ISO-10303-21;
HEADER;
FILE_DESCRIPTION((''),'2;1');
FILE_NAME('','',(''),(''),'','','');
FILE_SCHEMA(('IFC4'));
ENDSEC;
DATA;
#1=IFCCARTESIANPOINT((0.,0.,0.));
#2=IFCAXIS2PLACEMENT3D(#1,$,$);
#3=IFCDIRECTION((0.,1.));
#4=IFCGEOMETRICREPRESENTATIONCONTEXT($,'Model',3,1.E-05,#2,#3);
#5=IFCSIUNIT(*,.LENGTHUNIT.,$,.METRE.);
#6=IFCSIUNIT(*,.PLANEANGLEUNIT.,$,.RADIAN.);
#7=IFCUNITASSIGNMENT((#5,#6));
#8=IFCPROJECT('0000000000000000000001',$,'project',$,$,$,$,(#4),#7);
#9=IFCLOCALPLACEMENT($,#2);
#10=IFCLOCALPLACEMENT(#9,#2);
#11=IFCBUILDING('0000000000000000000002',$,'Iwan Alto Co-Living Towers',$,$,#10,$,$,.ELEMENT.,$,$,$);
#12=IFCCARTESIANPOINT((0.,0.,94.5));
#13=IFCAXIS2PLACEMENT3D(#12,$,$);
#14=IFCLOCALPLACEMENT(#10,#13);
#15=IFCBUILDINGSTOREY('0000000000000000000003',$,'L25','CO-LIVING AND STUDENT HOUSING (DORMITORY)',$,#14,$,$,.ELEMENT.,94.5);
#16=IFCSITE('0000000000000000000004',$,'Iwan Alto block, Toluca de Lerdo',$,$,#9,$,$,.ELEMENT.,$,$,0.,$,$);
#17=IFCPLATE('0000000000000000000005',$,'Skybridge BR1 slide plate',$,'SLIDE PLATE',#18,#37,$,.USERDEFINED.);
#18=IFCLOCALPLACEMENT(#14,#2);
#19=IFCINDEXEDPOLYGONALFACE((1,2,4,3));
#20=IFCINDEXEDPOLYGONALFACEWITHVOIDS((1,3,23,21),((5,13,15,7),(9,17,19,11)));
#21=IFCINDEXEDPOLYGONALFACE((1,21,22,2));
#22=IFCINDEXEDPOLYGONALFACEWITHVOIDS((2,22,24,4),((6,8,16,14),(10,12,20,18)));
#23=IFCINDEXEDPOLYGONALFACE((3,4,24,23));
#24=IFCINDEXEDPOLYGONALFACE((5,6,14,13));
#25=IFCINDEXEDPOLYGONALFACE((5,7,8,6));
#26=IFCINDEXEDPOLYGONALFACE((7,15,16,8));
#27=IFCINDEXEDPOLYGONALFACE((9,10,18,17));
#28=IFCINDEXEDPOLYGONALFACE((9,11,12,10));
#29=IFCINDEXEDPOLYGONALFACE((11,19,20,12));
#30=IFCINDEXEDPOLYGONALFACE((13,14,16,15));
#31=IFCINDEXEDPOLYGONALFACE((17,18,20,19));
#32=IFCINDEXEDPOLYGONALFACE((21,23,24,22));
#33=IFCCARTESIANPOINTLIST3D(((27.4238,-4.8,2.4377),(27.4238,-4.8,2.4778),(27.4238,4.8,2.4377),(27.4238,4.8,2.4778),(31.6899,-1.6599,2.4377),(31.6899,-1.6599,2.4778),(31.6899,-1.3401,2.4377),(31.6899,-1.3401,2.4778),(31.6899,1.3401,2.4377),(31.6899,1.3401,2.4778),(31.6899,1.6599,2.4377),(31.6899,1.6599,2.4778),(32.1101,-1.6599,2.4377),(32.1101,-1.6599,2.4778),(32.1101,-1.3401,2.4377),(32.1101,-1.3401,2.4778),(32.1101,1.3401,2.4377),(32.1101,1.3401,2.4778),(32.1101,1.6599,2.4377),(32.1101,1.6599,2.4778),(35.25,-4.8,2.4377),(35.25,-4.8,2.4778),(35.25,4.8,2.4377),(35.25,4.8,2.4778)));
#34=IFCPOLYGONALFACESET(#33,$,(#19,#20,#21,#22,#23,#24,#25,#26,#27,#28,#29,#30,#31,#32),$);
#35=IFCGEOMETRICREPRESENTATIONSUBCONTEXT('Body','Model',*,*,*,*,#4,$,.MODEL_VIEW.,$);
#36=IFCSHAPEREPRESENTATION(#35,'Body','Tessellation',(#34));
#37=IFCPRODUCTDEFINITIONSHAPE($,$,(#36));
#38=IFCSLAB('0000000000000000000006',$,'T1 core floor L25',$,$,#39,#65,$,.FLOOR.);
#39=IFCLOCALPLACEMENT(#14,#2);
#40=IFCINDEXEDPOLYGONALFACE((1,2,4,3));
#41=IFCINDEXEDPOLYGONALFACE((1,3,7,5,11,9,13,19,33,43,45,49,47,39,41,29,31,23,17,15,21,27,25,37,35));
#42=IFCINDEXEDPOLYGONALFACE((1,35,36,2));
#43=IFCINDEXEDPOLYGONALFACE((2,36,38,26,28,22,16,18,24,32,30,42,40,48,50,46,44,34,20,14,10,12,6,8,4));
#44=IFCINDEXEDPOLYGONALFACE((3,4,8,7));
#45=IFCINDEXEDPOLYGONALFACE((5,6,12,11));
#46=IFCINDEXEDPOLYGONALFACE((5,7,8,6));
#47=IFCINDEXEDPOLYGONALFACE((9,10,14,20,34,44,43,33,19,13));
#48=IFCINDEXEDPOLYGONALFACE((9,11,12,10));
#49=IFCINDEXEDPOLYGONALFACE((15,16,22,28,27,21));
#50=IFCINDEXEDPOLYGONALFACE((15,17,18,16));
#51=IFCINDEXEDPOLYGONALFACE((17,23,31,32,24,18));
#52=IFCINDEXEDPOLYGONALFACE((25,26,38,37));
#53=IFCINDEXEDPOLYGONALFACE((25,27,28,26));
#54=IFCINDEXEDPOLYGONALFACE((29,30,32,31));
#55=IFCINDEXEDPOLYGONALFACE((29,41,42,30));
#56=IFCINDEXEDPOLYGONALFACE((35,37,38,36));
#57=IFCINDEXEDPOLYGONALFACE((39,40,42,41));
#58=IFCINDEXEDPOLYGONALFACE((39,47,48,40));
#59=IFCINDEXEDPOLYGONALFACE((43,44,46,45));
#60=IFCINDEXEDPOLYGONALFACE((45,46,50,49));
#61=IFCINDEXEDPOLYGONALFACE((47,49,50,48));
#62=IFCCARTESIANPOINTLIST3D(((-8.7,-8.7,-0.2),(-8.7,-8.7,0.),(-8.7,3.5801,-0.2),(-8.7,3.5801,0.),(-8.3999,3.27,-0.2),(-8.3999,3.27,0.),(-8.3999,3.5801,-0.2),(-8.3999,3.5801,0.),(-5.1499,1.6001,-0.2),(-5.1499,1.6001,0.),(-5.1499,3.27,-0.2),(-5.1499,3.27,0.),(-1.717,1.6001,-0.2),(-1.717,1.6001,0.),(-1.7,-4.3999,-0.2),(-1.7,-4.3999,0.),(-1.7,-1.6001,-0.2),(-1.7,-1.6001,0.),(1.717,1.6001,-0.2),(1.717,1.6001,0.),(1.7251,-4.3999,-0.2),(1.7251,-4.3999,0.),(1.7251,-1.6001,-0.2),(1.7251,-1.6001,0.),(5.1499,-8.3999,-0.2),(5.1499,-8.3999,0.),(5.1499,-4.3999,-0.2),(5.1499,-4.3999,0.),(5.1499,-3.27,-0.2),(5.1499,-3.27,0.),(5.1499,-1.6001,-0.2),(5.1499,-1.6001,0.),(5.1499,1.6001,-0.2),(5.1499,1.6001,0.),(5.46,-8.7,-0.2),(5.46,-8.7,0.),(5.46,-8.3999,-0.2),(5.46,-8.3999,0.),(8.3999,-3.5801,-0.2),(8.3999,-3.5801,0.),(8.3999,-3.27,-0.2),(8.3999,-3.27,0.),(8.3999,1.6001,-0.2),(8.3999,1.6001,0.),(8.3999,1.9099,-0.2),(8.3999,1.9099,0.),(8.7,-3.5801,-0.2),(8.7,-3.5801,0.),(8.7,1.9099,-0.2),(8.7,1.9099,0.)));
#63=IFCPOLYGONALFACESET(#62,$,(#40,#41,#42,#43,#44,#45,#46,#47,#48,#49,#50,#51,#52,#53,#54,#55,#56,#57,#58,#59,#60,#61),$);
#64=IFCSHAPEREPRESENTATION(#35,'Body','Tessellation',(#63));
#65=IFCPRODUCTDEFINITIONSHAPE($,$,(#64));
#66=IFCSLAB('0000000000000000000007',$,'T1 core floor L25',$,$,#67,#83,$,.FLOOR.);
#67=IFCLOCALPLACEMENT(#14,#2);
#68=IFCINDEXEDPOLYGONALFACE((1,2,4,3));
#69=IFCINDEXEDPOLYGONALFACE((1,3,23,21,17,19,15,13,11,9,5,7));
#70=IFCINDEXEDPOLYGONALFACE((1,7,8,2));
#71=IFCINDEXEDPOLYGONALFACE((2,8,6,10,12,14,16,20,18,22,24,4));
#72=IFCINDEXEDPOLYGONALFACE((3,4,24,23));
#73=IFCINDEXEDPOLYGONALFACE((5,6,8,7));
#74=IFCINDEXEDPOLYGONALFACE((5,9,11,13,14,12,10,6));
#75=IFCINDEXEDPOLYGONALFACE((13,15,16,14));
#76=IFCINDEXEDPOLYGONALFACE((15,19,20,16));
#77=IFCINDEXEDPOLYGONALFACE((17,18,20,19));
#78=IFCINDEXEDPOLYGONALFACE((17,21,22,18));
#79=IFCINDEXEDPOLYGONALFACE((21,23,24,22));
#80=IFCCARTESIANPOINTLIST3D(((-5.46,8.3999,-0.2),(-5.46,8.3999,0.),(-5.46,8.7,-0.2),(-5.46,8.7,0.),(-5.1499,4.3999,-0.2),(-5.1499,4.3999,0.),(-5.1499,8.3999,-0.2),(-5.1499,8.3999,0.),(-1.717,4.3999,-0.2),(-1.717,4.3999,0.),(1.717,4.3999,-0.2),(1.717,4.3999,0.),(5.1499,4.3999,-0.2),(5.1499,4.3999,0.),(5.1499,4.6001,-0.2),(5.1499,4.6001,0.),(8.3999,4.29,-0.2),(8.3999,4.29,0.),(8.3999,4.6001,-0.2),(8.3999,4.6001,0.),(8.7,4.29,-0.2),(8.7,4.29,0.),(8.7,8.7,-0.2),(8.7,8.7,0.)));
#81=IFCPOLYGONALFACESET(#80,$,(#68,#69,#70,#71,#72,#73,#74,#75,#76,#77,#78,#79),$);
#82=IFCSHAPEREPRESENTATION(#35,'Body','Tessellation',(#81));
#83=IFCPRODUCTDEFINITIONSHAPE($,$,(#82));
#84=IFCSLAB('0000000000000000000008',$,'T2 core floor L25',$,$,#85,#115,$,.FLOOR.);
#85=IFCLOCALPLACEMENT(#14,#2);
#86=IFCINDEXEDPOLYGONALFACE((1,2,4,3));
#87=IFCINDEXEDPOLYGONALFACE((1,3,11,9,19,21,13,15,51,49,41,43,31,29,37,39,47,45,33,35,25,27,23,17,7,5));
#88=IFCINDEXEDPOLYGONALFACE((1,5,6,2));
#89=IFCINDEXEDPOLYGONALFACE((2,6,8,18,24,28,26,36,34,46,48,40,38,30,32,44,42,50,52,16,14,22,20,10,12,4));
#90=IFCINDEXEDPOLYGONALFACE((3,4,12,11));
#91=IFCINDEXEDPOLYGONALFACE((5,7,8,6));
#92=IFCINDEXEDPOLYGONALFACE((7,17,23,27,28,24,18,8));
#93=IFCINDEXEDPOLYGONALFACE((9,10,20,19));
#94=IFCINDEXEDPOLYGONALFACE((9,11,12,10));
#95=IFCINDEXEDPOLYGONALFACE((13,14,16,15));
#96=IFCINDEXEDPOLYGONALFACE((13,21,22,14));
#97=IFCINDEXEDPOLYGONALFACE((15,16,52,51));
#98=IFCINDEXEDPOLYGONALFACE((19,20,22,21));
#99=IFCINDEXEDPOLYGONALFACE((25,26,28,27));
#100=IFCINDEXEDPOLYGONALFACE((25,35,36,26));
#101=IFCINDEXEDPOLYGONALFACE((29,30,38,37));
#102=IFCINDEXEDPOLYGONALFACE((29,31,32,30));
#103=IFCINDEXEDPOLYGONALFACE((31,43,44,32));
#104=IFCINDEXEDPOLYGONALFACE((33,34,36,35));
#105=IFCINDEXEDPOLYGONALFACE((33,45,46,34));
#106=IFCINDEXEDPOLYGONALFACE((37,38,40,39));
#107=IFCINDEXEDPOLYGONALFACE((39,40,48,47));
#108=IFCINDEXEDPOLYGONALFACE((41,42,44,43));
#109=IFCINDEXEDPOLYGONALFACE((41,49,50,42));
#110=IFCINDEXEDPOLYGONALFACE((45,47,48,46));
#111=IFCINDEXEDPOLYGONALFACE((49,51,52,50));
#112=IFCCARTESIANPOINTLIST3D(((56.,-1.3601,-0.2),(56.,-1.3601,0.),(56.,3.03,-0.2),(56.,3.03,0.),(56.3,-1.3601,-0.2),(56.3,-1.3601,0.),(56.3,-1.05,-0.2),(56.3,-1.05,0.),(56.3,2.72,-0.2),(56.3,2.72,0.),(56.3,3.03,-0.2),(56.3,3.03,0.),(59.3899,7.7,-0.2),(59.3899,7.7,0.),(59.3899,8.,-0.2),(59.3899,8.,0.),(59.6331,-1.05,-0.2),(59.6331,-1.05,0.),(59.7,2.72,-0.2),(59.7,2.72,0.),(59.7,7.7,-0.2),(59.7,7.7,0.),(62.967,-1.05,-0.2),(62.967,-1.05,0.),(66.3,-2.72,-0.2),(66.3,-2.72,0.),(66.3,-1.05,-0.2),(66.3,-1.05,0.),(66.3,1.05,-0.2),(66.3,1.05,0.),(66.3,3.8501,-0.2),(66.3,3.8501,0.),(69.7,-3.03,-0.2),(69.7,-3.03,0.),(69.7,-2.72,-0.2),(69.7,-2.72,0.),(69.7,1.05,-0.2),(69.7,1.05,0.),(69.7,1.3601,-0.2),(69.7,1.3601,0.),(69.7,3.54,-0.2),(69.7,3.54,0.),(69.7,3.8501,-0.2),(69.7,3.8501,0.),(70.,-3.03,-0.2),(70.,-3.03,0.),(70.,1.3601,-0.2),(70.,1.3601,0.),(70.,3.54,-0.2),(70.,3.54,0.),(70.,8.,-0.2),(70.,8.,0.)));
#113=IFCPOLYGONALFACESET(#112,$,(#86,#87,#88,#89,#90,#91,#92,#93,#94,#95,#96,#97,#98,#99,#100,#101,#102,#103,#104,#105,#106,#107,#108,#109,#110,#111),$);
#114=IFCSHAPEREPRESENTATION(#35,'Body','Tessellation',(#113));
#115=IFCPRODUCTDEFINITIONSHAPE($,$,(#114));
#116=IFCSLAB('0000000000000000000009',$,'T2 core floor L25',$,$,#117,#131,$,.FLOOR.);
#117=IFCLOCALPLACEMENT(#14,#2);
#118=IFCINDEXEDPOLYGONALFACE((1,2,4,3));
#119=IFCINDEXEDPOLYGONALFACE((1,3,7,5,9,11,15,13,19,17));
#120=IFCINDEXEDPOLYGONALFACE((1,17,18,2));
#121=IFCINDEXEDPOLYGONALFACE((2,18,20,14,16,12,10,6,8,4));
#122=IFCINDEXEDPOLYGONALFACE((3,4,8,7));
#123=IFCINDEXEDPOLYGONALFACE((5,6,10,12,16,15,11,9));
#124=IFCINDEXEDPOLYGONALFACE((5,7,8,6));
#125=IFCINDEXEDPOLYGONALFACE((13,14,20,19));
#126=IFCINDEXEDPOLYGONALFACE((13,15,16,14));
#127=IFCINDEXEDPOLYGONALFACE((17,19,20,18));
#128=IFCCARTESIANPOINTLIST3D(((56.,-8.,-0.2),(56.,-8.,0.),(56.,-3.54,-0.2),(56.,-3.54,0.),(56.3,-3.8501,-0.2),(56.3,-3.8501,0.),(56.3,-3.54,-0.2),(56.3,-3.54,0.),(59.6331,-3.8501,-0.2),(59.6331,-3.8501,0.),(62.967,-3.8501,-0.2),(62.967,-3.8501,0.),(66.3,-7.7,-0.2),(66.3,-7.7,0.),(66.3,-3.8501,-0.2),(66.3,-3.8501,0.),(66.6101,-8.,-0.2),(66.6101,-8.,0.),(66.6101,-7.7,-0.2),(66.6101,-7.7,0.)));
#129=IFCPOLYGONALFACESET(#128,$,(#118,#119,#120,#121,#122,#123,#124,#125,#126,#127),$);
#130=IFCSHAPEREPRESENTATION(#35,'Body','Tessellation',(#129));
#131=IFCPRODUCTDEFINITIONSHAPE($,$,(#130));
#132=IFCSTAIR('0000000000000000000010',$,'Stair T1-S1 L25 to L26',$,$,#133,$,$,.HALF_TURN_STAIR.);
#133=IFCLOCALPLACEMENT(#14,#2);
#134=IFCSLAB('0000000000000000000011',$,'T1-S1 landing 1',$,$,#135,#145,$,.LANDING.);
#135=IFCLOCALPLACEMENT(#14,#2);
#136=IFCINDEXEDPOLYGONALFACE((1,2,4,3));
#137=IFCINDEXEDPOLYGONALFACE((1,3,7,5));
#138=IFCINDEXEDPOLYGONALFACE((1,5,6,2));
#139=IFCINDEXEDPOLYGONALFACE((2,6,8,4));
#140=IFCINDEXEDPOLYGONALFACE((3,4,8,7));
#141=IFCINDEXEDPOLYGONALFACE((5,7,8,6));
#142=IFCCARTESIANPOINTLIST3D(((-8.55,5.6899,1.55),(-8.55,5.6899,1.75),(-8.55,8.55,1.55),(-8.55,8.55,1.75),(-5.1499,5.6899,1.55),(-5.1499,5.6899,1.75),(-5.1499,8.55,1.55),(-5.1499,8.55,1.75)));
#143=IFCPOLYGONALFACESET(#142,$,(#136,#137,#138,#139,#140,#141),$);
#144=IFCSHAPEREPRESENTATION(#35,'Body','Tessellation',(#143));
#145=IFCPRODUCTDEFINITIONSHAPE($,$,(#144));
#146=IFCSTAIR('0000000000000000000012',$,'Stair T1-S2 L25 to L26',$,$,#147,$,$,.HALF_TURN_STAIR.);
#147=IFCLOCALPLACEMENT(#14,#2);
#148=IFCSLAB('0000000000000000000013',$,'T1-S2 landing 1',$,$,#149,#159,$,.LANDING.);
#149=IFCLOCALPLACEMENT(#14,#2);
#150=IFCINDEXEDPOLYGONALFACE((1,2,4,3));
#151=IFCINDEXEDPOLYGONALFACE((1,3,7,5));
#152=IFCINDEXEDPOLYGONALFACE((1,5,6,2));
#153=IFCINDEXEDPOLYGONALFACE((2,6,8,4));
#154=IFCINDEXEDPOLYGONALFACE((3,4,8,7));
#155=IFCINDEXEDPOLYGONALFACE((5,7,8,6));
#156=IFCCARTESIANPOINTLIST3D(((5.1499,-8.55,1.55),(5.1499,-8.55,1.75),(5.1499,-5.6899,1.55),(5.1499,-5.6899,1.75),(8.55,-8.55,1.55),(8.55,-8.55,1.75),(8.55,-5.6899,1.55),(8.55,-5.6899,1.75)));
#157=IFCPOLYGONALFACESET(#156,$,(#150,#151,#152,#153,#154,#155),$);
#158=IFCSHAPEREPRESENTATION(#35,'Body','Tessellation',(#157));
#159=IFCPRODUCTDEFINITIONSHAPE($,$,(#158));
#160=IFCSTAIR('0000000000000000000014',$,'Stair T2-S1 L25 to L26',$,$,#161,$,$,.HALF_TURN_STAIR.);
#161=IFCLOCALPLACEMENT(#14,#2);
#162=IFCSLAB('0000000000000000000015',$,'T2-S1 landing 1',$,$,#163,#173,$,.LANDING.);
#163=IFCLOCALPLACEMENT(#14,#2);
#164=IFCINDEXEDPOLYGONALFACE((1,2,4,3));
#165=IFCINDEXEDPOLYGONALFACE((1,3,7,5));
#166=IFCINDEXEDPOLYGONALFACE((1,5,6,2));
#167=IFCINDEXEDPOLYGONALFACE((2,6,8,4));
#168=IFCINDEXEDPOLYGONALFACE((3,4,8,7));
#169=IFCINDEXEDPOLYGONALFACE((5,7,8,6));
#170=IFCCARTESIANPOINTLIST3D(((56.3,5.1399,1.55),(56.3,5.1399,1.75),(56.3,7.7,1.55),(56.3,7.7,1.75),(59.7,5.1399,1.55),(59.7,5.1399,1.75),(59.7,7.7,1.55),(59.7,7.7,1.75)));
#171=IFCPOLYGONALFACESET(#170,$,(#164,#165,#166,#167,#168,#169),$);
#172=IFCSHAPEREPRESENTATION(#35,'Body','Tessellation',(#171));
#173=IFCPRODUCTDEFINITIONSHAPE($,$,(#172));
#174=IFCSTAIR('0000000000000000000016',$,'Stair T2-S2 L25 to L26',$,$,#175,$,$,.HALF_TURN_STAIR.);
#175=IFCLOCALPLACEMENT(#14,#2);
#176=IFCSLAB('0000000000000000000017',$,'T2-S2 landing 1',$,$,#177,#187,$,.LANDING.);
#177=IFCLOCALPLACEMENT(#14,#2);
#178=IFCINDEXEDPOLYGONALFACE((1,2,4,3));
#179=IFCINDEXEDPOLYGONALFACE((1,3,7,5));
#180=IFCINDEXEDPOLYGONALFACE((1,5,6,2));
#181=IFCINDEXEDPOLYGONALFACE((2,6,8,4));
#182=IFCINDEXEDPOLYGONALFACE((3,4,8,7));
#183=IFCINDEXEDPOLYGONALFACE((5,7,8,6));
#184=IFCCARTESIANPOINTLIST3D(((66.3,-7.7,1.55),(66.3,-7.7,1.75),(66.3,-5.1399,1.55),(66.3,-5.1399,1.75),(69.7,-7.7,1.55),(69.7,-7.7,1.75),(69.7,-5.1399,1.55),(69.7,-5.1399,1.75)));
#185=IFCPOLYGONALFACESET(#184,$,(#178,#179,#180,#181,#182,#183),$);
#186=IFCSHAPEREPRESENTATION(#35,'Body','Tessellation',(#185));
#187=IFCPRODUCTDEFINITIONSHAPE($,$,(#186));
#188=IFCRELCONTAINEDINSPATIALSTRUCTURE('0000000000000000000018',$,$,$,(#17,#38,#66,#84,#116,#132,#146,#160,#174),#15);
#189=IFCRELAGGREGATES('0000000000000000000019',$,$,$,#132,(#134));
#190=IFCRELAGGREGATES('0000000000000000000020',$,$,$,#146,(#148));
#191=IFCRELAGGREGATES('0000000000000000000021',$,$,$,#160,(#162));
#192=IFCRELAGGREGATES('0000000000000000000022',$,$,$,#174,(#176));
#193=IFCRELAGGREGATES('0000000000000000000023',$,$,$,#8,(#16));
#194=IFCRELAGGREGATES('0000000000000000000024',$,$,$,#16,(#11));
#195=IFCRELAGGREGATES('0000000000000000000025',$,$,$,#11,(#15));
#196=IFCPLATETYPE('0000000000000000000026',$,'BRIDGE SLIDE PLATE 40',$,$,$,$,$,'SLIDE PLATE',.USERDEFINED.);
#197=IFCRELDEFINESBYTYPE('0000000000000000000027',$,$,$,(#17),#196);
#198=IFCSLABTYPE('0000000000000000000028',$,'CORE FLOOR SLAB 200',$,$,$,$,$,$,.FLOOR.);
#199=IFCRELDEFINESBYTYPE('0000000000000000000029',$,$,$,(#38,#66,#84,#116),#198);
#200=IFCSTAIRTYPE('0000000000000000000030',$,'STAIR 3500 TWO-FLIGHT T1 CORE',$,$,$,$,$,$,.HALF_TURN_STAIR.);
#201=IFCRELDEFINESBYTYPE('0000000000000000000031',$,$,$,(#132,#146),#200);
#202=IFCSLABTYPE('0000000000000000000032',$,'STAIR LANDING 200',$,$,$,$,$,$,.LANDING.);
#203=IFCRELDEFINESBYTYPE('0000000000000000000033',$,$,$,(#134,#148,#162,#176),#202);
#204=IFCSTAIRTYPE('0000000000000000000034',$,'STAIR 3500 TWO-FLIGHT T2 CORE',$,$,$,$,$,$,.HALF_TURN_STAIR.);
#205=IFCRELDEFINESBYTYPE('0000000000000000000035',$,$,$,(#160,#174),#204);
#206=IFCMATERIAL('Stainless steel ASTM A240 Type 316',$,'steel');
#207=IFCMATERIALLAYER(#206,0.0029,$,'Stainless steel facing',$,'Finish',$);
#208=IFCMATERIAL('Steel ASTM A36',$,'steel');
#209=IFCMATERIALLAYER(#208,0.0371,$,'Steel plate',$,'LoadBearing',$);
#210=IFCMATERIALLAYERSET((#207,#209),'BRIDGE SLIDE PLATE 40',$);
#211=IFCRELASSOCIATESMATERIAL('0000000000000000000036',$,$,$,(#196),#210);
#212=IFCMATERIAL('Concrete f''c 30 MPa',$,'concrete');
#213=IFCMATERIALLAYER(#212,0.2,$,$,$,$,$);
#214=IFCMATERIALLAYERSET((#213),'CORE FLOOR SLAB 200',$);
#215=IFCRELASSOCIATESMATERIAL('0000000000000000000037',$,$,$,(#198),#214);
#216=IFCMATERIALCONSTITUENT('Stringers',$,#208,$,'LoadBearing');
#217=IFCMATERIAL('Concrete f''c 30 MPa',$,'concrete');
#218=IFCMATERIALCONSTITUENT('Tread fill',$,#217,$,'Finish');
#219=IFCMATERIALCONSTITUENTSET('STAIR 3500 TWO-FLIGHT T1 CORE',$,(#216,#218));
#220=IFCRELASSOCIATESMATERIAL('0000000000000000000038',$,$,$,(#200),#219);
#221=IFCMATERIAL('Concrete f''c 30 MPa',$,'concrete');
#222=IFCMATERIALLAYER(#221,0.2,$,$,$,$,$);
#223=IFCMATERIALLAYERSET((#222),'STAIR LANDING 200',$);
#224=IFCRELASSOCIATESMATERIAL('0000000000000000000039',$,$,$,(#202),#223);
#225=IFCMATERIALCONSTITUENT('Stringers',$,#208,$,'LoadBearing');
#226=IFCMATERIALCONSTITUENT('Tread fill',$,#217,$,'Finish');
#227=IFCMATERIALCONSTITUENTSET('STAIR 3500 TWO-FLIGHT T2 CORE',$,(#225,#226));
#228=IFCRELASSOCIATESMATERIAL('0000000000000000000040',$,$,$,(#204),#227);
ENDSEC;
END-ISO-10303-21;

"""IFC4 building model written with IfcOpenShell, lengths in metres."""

from ifc_helpers import new_model, si_unit, direction, frame, origin, place, context, subcontext, project, spatial, polyline, outline, extrude, material, layer, layer_set, constituent, constituent_set, type_object, element, aggregate, save


model = new_model("IFC4")

# Units and contexts
model_context = context("Model", 3, precision=1e-05, world=origin(), true_north=direction((0.0, 1.0)))
body_context = subcontext(model_context, "Body", "Model", "MODEL_VIEW")
ifc_project = project(units=[si_unit("LENGTHUNIT", "METRE"), si_unit("PLANEANGLEUNIT", "RADIAN")], contexts=[model_context])

# Site, building, storey
site_placement = place(None, origin())
site = spatial("IfcSite", under=ifc_project, at=site_placement, Name="Iwan Alto block, Toluca de Lerdo", CompositionType="ELEMENT", RefElevation=0.0)
building_placement = place(site_placement, origin())
building = spatial("IfcBuilding", under=site, at=building_placement, Name="Iwan Alto Co-Living Towers", CompositionType="ELEMENT")
storey_placement = place(building_placement, frame((0.0, 0.0, 94.5)))
storey = spatial("IfcBuildingStorey", under=building, at=storey_placement, Name="L25", Description="CO-LIVING AND STUDENT HOUSING (DORMITORY)", CompositionType="ELEMENT", Elevation=94.5)

# Plate
ifc_material_1 = material(Name="Stainless steel ASTM A240 Type 316", Category="steel")
ifc_layer_1 = layer(ifc_material_1, 0.0029, Name="Stainless steel facing", Category="Finish")
ifc_material_2 = material(Name="Steel ASTM A36", Category="steel")
ifc_layer_2 = layer(ifc_material_2, 0.0371, Name="Steel plate", Category="LoadBearing")
ifc_layer_set_1 = layer_set([ifc_layer_1, ifc_layer_2], Name="BRIDGE SLIDE PLATE 40")
plate_type = type_object("IfcPlateType", Name="BRIDGE SLIDE PLATE 40", ElementType="SLIDE PLATE", PredefinedType="USERDEFINED", material=ifc_layer_set_1)
plate_placement = place(storey_placement, frame((0.0, 0.0, 2.4377)))
element("IfcPlate", 1, at=plate_placement, inside=storey, type_object=plate_type, Name="Skybridge BR1 slide plate", ObjectType="SLIDE PLATE", PredefinedType="USERDEFINED", context=body_context, shape_type="SweptSolid", body=[
    extrude(outline(polyline([(27.4238, -4.8), (35.25, -4.8), (35.25, 4.8), (27.4238, 4.8), (27.4238, -4.8)]), holes=[polyline([(31.6899, -1.6599), (32.1101, -1.6599), (32.1101, -1.3401), (31.6899, -1.3401), (31.6899, -1.6599)]), polyline([(31.6899, 1.3401), (32.1101, 1.3401), (32.1101, 1.6599), (31.6899, 1.6599), (31.6899, 1.3401)])]), origin(), (0.0, 0.0, 1.0), 0.04),
])

# Slabs
ifc_material_3 = material(Name="Concrete f'c 30 MPa", Category="concrete")
ifc_layer_3 = layer(ifc_material_3, 0.2)
ifc_layer_set_2 = layer_set([ifc_layer_3], Name="CORE FLOOR SLAB 200")
slab_type_1 = type_object("IfcSlabType", Name="CORE FLOOR SLAB 200", PredefinedType="FLOOR", material=ifc_layer_set_2)
slab_1_placement = place(storey_placement, frame((0.0, 0.0, -0.2)))
element("IfcSlab", 2, at=slab_1_placement, inside=storey, type_object=slab_type_1, Name="T1 core floor L25", PredefinedType="FLOOR", context=body_context, shape_type="SweptSolid", body=[
    extrude(outline(polyline([(5.1499, -1.6001), (1.7251, -1.6001), (-1.7, -1.6001), (-1.7, -4.3999), (1.7251, -4.3999), (5.1499, -4.3999), (5.1499, -8.3999), (5.46, -8.3999), (5.46, -8.7), (-8.7, -8.7), (-8.7, 3.5801), (-8.3999, 3.5801), (-8.3999, 3.27), (-5.1499, 3.27), (-5.1499, 1.6001), (-1.717, 1.6001), (1.717, 1.6001), (5.1499, 1.6001), (8.3999, 1.6001), (8.3999, 1.9099), (8.7, 1.9099), (8.7, -3.5801), (8.3999, -3.5801), (8.3999, -3.27), (5.1499, -3.27), (5.1499, -1.6001)])), origin(), (0.0, 0.0, 1.0), 0.2),
])
slab_2_placement = place(storey_placement, frame((0.0, 0.0, -0.2)))
element("IfcSlab", 3, at=slab_2_placement, inside=storey, type_object=slab_type_1, Name="T1 core floor L25", PredefinedType="FLOOR", context=body_context, shape_type="SweptSolid", body=[
    extrude(outline(polyline([(1.717, 4.3999), (-1.717, 4.3999), (-5.1499, 4.3999), (-5.1499, 8.3999), (-5.46, 8.3999), (-5.46, 8.7), (8.7, 8.7), (8.7, 4.29), (8.3999, 4.29), (8.3999, 4.6001), (5.1499, 4.6001), (5.1499, 4.3999), (1.717, 4.3999)])), origin(), (0.0, 0.0, 1.0), 0.2),
])
slab_3_placement = place(storey_placement, frame((0.0, 0.0, -0.2)))
element("IfcSlab", 4, at=slab_3_placement, inside=storey, type_object=slab_type_1, Name="T2 core floor L25", PredefinedType="FLOOR", context=body_context, shape_type="SweptSolid", body=[
    extrude(outline(polyline([(70.0, -3.03), (69.7, -3.03), (69.7, -2.72), (66.3, -2.72), (66.3, -1.05), (62.967, -1.05), (59.6331, -1.05), (56.3, -1.05), (56.3, -1.3601), (56.0, -1.3601), (56.0, 3.03), (56.3, 3.03), (56.3, 2.72), (59.7, 2.72), (59.7, 7.7), (59.3899, 7.7), (59.3899, 8.0), (70.0, 8.0), (70.0, 3.54), (69.7, 3.54), (69.7, 3.8501), (66.3, 3.8501), (66.3, 1.05), (69.7, 1.05), (69.7, 1.3601), (70.0, 1.3601), (70.0, -3.03)])), origin(), (0.0, 0.0, 1.0), 0.2),
])
slab_4_placement = place(storey_placement, frame((0.0, 0.0, -0.2)))
element("IfcSlab", 5, at=slab_4_placement, inside=storey, type_object=slab_type_1, Name="T2 core floor L25", PredefinedType="FLOOR", context=body_context, shape_type="SweptSolid", body=[
    extrude(outline(polyline([(62.967, -3.8501), (66.3, -3.8501), (66.3, -7.7), (66.6101, -7.7), (66.6101, -8.0), (56.0, -8.0), (56.0, -3.54), (56.3, -3.54), (56.3, -3.8501), (59.6331, -3.8501), (62.967, -3.8501)])), origin(), (0.0, 0.0, 1.0), 0.2),
])

# Stairs, slabs
ifc_constituent_1 = constituent(ifc_material_2, Name="Stringers", Category="LoadBearing")
ifc_material_4 = material(Name="Concrete f'c 30 MPa", Category="concrete")
ifc_constituent_2 = constituent(ifc_material_4, Name="Tread fill", Category="Finish")
ifc_constituent_set_1 = constituent_set(constituents=[ifc_constituent_1, ifc_constituent_2], Name="STAIR 3500 TWO-FLIGHT T1 CORE")
stair_type_1 = type_object("IfcStairType", Name="STAIR 3500 TWO-FLIGHT T1 CORE", PredefinedType="HALF_TURN_STAIR", material=ifc_constituent_set_1)
stair_1_placement = place(storey_placement, origin())
stair_1 = element("IfcStair", 6, at=stair_1_placement, inside=storey, type_object=stair_type_1, Name="Stair T1-S1 L25 to L26", PredefinedType="HALF_TURN_STAIR")
ifc_material_5 = material(Name="Concrete f'c 30 MPa", Category="concrete")
ifc_layer_4 = layer(ifc_material_5, 0.2)
ifc_layer_set_3 = layer_set([ifc_layer_4], Name="STAIR LANDING 200")
slab_type_2 = type_object("IfcSlabType", Name="STAIR LANDING 200", PredefinedType="LANDING", material=ifc_layer_set_3)
slab_5_placement = place(storey_placement, frame((0.0, 0.0, 1.55)))
slab_5 = element("IfcSlab", 7, at=slab_5_placement, type_object=slab_type_2, Name="T1-S1 landing 1", PredefinedType="LANDING", context=body_context, shape_type="SweptSolid", body=[
    extrude(outline(polyline([(-8.55, 5.6899), (-8.55, 8.55), (-5.1499, 8.55), (-5.1499, 5.6899), (-8.55, 5.6899)])), origin(), (0.0, 0.0, 1.0), 0.2),
])
aggregate(stair_1, [slab_5])
stair_2_placement = place(storey_placement, origin())
stair_2 = element("IfcStair", 8, at=stair_2_placement, inside=storey, type_object=stair_type_1, Name="Stair T1-S2 L25 to L26", PredefinedType="HALF_TURN_STAIR")
slab_6_placement = place(storey_placement, frame((0.0, 0.0, 1.55)))
slab_6 = element("IfcSlab", 9, at=slab_6_placement, type_object=slab_type_2, Name="T1-S2 landing 1", PredefinedType="LANDING", context=body_context, shape_type="SweptSolid", body=[
    extrude(outline(polyline([(5.1499, -5.6899), (5.1499, -8.55), (8.55, -8.55), (8.55, -5.6899), (5.1499, -5.6899)])), origin(), (0.0, 0.0, 1.0), 0.2),
])
aggregate(stair_2, [slab_6])
ifc_constituent_3 = constituent(ifc_material_2, Name="Stringers", Category="LoadBearing")
ifc_constituent_4 = constituent(ifc_material_4, Name="Tread fill", Category="Finish")
ifc_constituent_set_2 = constituent_set(constituents=[ifc_constituent_3, ifc_constituent_4], Name="STAIR 3500 TWO-FLIGHT T2 CORE")
stair_type_2 = type_object("IfcStairType", Name="STAIR 3500 TWO-FLIGHT T2 CORE", PredefinedType="HALF_TURN_STAIR", material=ifc_constituent_set_2)
stair_3_placement = place(storey_placement, origin())
stair_3 = element("IfcStair", 10, at=stair_3_placement, inside=storey, type_object=stair_type_2, Name="Stair T2-S1 L25 to L26", PredefinedType="HALF_TURN_STAIR")
slab_7_placement = place(storey_placement, frame((0.0, 0.0, 1.55)))
slab_7 = element("IfcSlab", 11, at=slab_7_placement, type_object=slab_type_2, Name="T2-S1 landing 1", PredefinedType="LANDING", context=body_context, shape_type="SweptSolid", body=[
    extrude(outline(polyline([(56.3, 5.1399), (56.3, 7.7), (59.7, 7.7), (59.7, 5.1399), (56.3, 5.1399)])), origin(), (0.0, 0.0, 1.0), 0.2),
])
aggregate(stair_3, [slab_7])
stair_4_placement = place(storey_placement, origin())
stair_4 = element("IfcStair", 12, at=stair_4_placement, inside=storey, type_object=stair_type_2, Name="Stair T2-S2 L25 to L26", PredefinedType="HALF_TURN_STAIR")
slab_8_placement = place(storey_placement, frame((0.0, 0.0, 1.55)))
slab_8 = element("IfcSlab", 13, at=slab_8_placement, type_object=slab_type_2, Name="T2-S2 landing 1", PredefinedType="LANDING", context=body_context, shape_type="SweptSolid", body=[
    extrude(outline(polyline([(66.3, -5.1399), (66.3, -7.7), (69.7, -7.7), (69.7, -5.1399), (66.3, -5.1399)])), origin(), (0.0, 0.0, 1.0), 0.2),
])
aggregate(stair_4, [slab_8])

save(model, "model.ifc")
